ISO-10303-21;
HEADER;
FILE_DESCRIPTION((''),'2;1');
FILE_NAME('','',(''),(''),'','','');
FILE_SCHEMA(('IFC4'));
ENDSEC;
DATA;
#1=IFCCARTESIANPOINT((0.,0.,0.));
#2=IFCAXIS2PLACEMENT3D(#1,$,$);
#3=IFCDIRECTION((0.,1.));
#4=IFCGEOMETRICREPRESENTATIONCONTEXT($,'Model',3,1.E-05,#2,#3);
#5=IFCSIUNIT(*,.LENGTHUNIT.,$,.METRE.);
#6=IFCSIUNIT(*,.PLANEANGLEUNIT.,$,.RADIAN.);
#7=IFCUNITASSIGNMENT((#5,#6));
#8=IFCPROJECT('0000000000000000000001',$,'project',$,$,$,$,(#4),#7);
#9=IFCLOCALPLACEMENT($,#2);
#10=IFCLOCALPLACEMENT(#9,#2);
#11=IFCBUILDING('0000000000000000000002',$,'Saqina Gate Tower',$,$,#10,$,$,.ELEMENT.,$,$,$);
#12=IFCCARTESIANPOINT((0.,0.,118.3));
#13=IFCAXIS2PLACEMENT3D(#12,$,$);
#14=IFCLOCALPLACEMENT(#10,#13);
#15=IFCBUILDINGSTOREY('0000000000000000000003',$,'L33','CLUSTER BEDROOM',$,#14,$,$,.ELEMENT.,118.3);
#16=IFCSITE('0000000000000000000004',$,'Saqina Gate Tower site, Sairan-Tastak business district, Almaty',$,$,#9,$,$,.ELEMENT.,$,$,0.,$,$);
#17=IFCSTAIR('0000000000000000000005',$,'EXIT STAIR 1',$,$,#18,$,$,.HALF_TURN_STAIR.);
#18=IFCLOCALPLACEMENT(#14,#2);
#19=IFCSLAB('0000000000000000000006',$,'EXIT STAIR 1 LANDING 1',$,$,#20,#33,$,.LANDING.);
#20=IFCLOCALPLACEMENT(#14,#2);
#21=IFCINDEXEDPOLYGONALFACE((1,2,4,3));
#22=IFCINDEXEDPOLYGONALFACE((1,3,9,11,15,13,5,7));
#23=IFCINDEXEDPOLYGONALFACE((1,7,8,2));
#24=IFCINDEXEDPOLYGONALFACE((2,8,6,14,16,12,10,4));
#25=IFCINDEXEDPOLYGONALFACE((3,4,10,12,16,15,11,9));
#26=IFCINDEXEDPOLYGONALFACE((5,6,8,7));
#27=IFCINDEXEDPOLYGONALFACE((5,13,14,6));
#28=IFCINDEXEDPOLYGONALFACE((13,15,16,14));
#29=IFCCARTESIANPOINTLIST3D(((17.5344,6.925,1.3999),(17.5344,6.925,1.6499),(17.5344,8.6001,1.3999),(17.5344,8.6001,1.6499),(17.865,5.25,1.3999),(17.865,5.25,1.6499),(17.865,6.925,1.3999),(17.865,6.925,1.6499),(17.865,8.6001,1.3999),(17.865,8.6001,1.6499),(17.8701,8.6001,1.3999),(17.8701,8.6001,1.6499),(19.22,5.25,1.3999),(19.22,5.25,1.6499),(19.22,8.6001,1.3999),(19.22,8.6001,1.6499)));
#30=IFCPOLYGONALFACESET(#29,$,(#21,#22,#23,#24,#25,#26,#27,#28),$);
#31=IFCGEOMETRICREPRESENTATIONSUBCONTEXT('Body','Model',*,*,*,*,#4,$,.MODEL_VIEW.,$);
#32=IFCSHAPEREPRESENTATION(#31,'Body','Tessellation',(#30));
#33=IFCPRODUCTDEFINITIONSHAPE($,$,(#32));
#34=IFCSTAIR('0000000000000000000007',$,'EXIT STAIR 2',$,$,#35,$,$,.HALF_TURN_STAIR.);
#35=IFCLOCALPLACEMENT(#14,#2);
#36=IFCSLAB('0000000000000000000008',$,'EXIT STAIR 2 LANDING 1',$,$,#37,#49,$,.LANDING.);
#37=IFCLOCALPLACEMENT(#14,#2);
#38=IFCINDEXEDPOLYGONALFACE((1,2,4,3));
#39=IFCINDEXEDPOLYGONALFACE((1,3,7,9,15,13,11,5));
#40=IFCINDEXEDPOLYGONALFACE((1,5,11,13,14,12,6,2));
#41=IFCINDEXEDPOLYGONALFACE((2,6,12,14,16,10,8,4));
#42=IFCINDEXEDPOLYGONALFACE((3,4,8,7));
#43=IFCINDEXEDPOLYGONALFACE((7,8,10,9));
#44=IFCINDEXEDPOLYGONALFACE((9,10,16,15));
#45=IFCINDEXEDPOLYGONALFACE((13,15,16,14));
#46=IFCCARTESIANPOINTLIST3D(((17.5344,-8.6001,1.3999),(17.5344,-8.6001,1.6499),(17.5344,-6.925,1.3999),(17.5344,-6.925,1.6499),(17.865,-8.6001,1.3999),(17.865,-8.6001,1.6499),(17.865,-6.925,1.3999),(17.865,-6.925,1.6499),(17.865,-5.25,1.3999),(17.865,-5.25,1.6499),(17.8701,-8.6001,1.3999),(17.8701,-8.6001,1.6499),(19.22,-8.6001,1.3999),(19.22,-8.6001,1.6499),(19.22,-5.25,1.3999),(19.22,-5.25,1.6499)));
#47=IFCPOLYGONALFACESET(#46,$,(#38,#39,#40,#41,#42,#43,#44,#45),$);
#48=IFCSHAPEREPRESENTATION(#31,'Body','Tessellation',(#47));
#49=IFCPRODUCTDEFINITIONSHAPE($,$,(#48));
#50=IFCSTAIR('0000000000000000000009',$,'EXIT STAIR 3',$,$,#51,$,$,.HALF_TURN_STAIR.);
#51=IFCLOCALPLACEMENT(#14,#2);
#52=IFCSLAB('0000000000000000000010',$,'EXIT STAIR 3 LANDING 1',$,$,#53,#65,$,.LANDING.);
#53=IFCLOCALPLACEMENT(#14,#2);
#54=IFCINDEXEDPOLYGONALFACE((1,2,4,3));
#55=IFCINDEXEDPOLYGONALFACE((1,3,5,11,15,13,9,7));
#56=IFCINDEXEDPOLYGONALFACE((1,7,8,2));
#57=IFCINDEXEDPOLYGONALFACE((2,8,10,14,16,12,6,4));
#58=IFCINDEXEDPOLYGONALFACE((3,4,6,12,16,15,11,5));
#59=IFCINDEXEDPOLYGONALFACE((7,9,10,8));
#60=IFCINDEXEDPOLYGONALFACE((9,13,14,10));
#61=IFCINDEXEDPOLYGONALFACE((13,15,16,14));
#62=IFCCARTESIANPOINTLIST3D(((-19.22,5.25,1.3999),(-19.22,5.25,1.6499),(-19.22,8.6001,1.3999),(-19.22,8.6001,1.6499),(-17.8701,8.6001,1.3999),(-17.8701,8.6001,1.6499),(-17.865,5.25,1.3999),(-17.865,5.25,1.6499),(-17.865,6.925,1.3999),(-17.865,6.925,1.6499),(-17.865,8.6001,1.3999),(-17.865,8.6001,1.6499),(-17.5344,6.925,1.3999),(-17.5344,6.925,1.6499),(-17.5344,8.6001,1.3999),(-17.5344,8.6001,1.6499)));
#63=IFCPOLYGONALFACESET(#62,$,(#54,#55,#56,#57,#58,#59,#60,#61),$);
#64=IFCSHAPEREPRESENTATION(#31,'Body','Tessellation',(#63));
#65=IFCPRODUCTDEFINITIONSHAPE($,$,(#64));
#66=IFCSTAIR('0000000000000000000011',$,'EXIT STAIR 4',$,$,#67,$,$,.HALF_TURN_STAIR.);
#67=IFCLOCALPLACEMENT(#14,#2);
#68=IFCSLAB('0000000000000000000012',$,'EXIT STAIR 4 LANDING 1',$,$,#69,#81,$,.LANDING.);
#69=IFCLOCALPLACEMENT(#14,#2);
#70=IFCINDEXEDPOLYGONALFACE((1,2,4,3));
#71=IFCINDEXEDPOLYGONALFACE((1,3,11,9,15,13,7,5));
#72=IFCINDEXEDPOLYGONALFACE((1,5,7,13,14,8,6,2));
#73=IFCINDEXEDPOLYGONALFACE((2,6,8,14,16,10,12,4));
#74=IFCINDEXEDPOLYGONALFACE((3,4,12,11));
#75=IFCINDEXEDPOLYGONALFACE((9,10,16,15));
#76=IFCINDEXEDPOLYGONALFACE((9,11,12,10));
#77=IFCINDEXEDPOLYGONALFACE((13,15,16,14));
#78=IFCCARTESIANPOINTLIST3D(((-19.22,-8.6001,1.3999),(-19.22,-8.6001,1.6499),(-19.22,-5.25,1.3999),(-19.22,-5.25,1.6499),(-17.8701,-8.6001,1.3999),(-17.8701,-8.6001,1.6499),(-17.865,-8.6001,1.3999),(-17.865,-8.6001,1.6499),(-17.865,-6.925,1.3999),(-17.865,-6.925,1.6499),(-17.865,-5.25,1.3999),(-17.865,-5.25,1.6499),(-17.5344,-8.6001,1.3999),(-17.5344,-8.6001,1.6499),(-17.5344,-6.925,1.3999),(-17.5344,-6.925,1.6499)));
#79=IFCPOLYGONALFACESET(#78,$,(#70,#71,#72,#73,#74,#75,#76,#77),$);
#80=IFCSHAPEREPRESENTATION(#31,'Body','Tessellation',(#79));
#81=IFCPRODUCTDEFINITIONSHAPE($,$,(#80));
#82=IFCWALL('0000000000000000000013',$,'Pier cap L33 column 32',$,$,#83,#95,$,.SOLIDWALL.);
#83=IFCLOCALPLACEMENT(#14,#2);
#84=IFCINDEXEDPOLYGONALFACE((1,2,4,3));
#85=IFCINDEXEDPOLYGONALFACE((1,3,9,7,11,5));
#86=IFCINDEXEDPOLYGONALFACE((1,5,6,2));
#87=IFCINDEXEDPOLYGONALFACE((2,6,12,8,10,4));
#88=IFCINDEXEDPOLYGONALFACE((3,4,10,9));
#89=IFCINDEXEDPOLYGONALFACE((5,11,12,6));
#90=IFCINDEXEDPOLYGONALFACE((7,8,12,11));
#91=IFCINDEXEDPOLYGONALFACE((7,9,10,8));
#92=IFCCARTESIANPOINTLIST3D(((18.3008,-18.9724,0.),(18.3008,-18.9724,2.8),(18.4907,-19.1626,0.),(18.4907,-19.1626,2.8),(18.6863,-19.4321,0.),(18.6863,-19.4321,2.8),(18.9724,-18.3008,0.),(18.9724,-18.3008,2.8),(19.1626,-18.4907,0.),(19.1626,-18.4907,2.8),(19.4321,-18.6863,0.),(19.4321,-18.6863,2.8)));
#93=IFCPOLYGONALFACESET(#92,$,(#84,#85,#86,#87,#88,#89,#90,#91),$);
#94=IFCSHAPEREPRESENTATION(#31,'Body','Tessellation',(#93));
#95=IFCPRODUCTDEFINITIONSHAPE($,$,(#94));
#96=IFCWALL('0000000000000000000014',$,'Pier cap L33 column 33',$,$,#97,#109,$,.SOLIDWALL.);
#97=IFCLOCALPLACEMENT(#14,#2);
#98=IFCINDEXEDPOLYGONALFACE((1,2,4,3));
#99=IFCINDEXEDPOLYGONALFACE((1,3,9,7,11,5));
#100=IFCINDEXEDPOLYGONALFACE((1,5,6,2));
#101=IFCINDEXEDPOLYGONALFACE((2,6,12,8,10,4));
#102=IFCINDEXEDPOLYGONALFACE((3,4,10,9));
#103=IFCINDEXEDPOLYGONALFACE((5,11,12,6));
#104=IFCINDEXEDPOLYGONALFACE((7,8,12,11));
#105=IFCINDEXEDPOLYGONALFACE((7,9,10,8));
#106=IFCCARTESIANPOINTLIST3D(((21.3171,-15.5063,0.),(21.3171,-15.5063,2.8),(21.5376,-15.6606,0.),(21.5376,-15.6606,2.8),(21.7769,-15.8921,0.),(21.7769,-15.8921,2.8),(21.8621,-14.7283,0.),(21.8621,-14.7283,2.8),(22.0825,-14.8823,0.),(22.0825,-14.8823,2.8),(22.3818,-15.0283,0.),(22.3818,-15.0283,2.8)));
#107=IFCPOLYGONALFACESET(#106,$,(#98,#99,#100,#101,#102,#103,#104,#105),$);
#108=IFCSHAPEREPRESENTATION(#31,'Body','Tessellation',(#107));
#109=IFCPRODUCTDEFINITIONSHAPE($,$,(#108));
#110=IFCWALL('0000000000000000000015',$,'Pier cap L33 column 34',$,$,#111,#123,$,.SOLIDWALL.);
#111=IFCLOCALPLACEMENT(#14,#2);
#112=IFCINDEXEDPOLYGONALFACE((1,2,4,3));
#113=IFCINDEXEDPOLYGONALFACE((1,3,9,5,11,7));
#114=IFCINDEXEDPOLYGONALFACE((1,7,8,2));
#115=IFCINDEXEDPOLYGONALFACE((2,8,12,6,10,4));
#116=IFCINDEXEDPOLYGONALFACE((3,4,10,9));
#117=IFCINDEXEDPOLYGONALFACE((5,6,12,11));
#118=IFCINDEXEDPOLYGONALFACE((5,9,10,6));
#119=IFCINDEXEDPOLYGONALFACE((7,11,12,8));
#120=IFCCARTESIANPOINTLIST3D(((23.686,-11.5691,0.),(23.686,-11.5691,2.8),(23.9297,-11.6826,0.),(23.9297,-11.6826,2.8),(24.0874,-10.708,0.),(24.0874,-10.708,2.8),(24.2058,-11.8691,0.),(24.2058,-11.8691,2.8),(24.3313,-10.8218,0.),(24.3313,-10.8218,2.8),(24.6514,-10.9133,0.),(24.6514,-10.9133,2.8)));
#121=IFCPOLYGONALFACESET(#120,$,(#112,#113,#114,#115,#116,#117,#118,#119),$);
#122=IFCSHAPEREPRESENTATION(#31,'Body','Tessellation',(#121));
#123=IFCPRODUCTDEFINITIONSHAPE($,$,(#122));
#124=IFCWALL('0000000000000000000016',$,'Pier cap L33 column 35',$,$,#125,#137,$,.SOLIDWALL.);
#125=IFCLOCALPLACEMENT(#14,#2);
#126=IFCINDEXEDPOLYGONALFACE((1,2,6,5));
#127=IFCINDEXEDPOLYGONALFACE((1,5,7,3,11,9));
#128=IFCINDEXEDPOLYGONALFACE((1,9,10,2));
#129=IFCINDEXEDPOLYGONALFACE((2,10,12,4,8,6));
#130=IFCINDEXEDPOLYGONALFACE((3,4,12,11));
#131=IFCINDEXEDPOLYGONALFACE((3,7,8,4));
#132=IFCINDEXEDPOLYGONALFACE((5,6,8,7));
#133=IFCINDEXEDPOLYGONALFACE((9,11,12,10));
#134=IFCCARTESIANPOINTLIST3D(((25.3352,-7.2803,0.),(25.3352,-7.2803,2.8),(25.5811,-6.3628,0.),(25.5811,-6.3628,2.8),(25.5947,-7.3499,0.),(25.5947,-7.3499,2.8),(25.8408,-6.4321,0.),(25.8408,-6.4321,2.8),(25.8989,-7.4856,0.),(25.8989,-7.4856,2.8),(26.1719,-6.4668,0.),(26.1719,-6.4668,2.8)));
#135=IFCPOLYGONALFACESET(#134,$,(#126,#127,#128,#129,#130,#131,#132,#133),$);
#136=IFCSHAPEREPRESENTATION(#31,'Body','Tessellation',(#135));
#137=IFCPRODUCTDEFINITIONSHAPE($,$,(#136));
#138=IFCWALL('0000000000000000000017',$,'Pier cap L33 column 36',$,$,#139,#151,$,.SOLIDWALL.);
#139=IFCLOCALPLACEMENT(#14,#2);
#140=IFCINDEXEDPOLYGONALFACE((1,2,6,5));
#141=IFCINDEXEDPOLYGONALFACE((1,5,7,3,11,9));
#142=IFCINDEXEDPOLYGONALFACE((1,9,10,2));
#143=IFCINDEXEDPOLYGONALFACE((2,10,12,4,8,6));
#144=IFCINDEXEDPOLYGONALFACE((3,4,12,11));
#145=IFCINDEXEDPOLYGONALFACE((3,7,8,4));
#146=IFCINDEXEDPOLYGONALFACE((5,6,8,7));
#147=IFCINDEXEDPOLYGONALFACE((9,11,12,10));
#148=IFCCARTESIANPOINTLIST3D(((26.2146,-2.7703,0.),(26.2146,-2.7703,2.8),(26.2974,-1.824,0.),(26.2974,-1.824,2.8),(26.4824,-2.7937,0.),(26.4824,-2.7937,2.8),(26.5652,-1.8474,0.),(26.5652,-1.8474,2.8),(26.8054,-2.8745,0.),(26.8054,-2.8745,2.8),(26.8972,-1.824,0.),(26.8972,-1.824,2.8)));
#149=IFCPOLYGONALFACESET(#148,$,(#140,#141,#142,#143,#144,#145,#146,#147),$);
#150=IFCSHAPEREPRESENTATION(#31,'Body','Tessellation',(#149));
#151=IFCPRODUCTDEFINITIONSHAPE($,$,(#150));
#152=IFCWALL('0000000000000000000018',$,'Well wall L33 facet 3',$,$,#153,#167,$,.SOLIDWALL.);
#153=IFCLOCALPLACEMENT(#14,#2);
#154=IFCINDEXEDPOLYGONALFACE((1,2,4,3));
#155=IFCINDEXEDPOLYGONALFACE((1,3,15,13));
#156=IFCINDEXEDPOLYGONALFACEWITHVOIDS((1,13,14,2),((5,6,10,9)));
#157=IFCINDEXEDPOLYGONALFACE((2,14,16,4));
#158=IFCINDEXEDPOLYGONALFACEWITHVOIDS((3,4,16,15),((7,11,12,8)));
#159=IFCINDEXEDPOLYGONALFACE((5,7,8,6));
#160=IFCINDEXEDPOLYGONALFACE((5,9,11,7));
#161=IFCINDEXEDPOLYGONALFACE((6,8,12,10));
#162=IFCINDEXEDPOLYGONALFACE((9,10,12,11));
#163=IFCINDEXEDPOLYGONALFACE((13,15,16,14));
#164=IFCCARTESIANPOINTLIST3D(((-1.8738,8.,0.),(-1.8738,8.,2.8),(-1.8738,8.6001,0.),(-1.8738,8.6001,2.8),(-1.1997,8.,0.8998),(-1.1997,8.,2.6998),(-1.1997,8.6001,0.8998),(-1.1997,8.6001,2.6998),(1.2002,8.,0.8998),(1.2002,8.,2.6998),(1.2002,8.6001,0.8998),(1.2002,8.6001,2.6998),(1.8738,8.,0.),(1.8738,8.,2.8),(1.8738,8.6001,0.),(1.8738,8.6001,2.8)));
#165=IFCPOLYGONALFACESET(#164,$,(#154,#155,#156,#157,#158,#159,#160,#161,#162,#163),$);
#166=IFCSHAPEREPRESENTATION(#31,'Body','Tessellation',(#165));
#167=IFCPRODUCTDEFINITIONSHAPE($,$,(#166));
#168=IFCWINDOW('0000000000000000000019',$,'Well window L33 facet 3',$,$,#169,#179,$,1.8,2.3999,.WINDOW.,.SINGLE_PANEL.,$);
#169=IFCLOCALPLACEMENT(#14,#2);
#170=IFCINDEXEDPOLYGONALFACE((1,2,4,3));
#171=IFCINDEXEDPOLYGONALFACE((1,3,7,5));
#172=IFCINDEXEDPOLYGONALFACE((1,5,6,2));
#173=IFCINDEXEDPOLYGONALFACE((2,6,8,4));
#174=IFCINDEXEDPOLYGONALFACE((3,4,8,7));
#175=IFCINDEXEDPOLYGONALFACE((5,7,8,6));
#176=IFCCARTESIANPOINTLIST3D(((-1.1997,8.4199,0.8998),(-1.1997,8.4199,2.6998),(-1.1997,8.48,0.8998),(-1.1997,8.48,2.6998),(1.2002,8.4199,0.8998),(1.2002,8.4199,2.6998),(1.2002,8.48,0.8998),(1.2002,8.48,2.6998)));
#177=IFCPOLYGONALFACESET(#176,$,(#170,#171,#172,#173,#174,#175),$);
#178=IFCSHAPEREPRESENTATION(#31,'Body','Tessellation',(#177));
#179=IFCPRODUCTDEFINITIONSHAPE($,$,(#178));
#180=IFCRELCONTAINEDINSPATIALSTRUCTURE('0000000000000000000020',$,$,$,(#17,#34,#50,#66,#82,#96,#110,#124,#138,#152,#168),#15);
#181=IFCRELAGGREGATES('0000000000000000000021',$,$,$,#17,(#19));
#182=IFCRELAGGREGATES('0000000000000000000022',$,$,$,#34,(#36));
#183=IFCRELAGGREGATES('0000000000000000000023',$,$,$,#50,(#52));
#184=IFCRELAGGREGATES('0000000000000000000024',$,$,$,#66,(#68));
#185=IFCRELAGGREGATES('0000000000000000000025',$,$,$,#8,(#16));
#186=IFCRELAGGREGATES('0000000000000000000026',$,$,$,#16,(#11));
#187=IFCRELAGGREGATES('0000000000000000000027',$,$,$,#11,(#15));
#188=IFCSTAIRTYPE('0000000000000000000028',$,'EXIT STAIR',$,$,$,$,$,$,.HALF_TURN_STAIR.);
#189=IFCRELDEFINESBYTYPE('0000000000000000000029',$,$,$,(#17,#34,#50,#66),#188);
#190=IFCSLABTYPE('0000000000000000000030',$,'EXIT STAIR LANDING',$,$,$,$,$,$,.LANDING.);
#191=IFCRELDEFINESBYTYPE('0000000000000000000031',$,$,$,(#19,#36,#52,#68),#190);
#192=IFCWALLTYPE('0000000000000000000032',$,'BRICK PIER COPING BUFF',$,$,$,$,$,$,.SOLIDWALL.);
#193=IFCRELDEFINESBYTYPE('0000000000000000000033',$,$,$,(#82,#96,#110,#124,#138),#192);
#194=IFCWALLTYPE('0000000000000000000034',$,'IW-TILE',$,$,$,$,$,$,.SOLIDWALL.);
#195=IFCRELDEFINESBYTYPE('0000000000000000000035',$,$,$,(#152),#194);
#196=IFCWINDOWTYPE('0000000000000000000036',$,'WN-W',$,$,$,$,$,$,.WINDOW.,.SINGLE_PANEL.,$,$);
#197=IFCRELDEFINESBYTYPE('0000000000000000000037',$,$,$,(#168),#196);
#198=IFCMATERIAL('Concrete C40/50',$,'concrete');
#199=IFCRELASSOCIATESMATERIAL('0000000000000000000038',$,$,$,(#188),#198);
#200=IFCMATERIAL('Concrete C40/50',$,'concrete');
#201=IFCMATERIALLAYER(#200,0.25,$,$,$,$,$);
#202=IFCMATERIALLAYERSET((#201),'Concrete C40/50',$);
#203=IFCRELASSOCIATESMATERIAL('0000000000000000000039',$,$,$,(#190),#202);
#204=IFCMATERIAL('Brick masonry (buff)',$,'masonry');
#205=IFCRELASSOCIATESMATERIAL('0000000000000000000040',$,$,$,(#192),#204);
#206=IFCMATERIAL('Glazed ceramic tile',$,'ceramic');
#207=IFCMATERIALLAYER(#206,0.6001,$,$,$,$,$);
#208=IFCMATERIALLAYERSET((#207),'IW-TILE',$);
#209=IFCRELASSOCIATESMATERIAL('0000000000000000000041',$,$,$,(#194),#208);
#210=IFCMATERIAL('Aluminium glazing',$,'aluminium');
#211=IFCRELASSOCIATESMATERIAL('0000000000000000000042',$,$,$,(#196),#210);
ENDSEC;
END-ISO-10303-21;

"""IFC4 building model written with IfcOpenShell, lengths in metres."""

from ifc_helpers import new_model, si_unit, direction, frame, frame_2d, origin, place, context, subcontext, project, spatial, polyline, rectangle, outline, extrude, material, layer, layer_set, type_object, element, fill, aggregate, save


model = new_model("IFC4")

# Units and contexts
model_context = context("Model", 3, precision=1e-05, world=origin(), true_north=direction((0.0, 1.0)))
body_context = subcontext(model_context, "Body", "Model", "MODEL_VIEW")
ifc_project = project(units=[si_unit("LENGTHUNIT", "METRE"), si_unit("PLANEANGLEUNIT", "RADIAN")], contexts=[model_context])

# Site, building, storey
site_placement = place(None, origin())
site = spatial("IfcSite", under=ifc_project, at=site_placement, Name="Saqina Gate Tower site, Sairan-Tastak business district, Almaty", CompositionType="ELEMENT", RefElevation=0.0)
building_placement = place(site_placement, origin())
building = spatial("IfcBuilding", under=site, at=building_placement, Name="Saqina Gate Tower", CompositionType="ELEMENT")
storey_placement = place(building_placement, frame((0.0, 0.0, 118.3)))
storey = spatial("IfcBuildingStorey", under=building, at=storey_placement, Name="L33", Description="CLUSTER BEDROOM", CompositionType="ELEMENT", Elevation=118.3)

# Stairs, slabs
ifc_material_1 = material(Name="Concrete C40/50", Category="concrete")
stair_type = type_object("IfcStairType", Name="EXIT STAIR", PredefinedType="HALF_TURN_STAIR", material=ifc_material_1)
stair_1_placement = place(storey_placement, origin())
stair_1 = element("IfcStair", 1, at=stair_1_placement, inside=storey, type_object=stair_type, Name="EXIT STAIR 1", PredefinedType="HALF_TURN_STAIR")
ifc_material_2 = material(Name="Concrete C40/50", Category="concrete")
ifc_layer_1 = layer(ifc_material_2, 0.25)
ifc_layer_set_1 = layer_set([ifc_layer_1], Name="Concrete C40/50")
slab_type = type_object("IfcSlabType", Name="EXIT STAIR LANDING", PredefinedType="LANDING", material=ifc_layer_set_1)
slab_1_placement = place(storey_placement, frame((0.0, 0.0, 1.3999)))
slab_1 = element("IfcSlab", 2, at=slab_1_placement, type_object=slab_type, Name="EXIT STAIR 1 LANDING 1", PredefinedType="LANDING", context=body_context, shape_type="SweptSolid", body=[
    extrude(outline(polyline([(19.22, 8.6001), (19.22, 5.25), (17.865, 5.25), (17.865, 6.925), (17.5344, 6.925), (17.5344, 8.6001), (17.865, 8.6001), (17.8701, 8.6001), (19.22, 8.6001)])), origin(), (0.0, 0.0, 1.0), 0.25),
])
aggregate(stair_1, [slab_1])
stair_2_placement = place(storey_placement, origin())
stair_2 = element("IfcStair", 3, at=stair_2_placement, inside=storey, type_object=stair_type, Name="EXIT STAIR 2", PredefinedType="HALF_TURN_STAIR")
slab_2_placement = place(storey_placement, frame((0.0, 0.0, 1.3999)))
slab_2 = element("IfcSlab", 4, at=slab_2_placement, type_object=slab_type, Name="EXIT STAIR 2 LANDING 1", PredefinedType="LANDING", context=body_context, shape_type="SweptSolid", body=[
    extrude(outline(polyline([(17.5344, -8.6001), (17.5344, -6.925), (17.865, -6.925), (17.865, -5.25), (19.22, -5.25), (19.22, -8.6001), (17.8701, -8.6001), (17.865, -8.6001), (17.5344, -8.6001)])), origin(), (0.0, 0.0, 1.0), 0.25),
])
aggregate(stair_2, [slab_2])
stair_3_placement = place(storey_placement, origin())
stair_3 = element("IfcStair", 5, at=stair_3_placement, inside=storey, type_object=stair_type, Name="EXIT STAIR 3", PredefinedType="HALF_TURN_STAIR")
slab_3_placement = place(storey_placement, frame((0.0, 0.0, 1.3999)))
slab_3 = element("IfcSlab", 6, at=slab_3_placement, type_object=slab_type, Name="EXIT STAIR 3 LANDING 1", PredefinedType="LANDING", context=body_context, shape_type="SweptSolid", body=[
    extrude(outline(polyline([(-17.865, 5.25), (-19.22, 5.25), (-19.22, 8.6001), (-17.8701, 8.6001), (-17.865, 8.6001), (-17.5344, 8.6001), (-17.5344, 6.925), (-17.865, 6.925), (-17.865, 5.25)])), origin(), (0.0, 0.0, 1.0), 0.25),
])
aggregate(stair_3, [slab_3])
stair_4_placement = place(storey_placement, origin())
stair_4 = element("IfcStair", 7, at=stair_4_placement, inside=storey, type_object=stair_type, Name="EXIT STAIR 4", PredefinedType="HALF_TURN_STAIR")
slab_4_placement = place(storey_placement, frame((0.0, 0.0, 1.3999)))
slab_4 = element("IfcSlab", 8, at=slab_4_placement, type_object=slab_type, Name="EXIT STAIR 4 LANDING 1", PredefinedType="LANDING", context=body_context, shape_type="SweptSolid", body=[
    extrude(outline(polyline([(-17.5344, -6.925), (-17.5344, -8.6001), (-17.865, -8.6001), (-17.8701, -8.6001), (-19.22, -8.6001), (-19.22, -5.25), (-17.865, -5.25), (-17.865, -6.925), (-17.5344, -6.925)])), origin(), (0.0, 0.0, 1.0), 0.25),
])
aggregate(stair_4, [slab_4])

# Walls
ifc_material_3 = material(Name="Brick masonry (buff)", Category="masonry")
wall_type_1 = type_object("IfcWallType", Name="BRICK PIER COPING BUFF", PredefinedType="SOLIDWALL", material=ifc_material_3)
wall_1_placement = place(storey_placement, origin())
element("IfcWall", 9, at=wall_1_placement, inside=storey, type_object=wall_type_1, Name="Pier cap L33 column 32", PredefinedType="SOLIDWALL", context=body_context, shape_type="SweptSolid", body=[
    extrude(outline(polyline([(18.6863, -19.4321), (19.4321, -18.6863), (18.9724, -18.3008), (19.1626, -18.4907), (18.4907, -19.1626), (18.3008, -18.9724), (18.6863, -19.4321)])), origin(), (0.0, 0.0, 1.0), 2.8),
])
wall_2_placement = place(storey_placement, origin())
element("IfcWall", 10, at=wall_2_placement, inside=storey, type_object=wall_type_1, Name="Pier cap L33 column 33", PredefinedType="SOLIDWALL", context=body_context, shape_type="SweptSolid", body=[
    extrude(outline(polyline([(22.3818, -15.0283), (21.8621, -14.7283), (22.0825, -14.8823), (21.5376, -15.6606), (21.3171, -15.5063), (21.7769, -15.8921), (22.3818, -15.0283)])), origin(), (0.0, 0.0, 1.0), 2.8),
])
wall_3_placement = place(storey_placement, origin())
element("IfcWall", 11, at=wall_3_placement, inside=storey, type_object=wall_type_1, Name="Pier cap L33 column 34", PredefinedType="SOLIDWALL", context=body_context, shape_type="SweptSolid", body=[
    extrude(outline(polyline([(24.6514, -10.9133), (24.0874, -10.708), (24.3313, -10.8218), (23.9297, -11.6826), (23.686, -11.5691), (24.2058, -11.8691), (24.6514, -10.9133)])), origin(), (0.0, 0.0, 1.0), 2.8),
])
wall_4_placement = place(storey_placement, origin())
element("IfcWall", 12, at=wall_4_placement, inside=storey, type_object=wall_type_1, Name="Pier cap L33 column 35", PredefinedType="SOLIDWALL", context=body_context, shape_type="SweptSolid", body=[
    extrude(outline(polyline([(25.8989, -7.4856), (26.1719, -6.4668), (25.5811, -6.3628), (25.8408, -6.4321), (25.5947, -7.3499), (25.3352, -7.2803), (25.8989, -7.4856)])), origin(), (0.0, 0.0, 1.0), 2.8),
])
wall_5_placement = place(storey_placement, origin())
element("IfcWall", 13, at=wall_5_placement, inside=storey, type_object=wall_type_1, Name="Pier cap L33 column 36", PredefinedType="SOLIDWALL", context=body_context, shape_type="SweptSolid", body=[
    extrude(outline(polyline([(26.8054, -2.8745), (26.8972, -1.824), (26.2974, -1.824), (26.5652, -1.8474), (26.4824, -2.7937), (26.2146, -2.7703), (26.8054, -2.8745)])), origin(), (0.0, 0.0, 1.0), 2.8),
])

# Wall, opening, window
ifc_material_4 = material(Name="Glazed ceramic tile", Category="ceramic")
ifc_layer_2 = layer(ifc_material_4, 0.6001)
ifc_layer_set_2 = layer_set([ifc_layer_2], Name="IW-TILE")
wall_type_2 = type_object("IfcWallType", Name="IW-TILE", PredefinedType="SOLIDWALL", material=ifc_layer_set_2)
wall_6_placement = place(storey_placement, frame((1.8738, 8.3, 0.0), z_axis=(0.0, 0.0, 1.0), x_axis=(-1.0, 0.0, 0.0)))
wall_6 = element("IfcWall", 14, at=wall_6_placement, inside=storey, type_object=wall_type_2, Name="Well wall L33 facet 3", PredefinedType="SOLIDWALL", context=body_context, shape_type="SweptSolid", body=[
    extrude(rectangle(XDim=3.7476, YDim=0.6001, at=frame_2d((1.8738, 0.0))), origin(), (0.0, 0.0, 1.0), 2.8),
])
opening_placement = place(wall_6_placement, frame((0.6736, 0.0, 0.8999)))
opening = element("IfcOpeningElement", 15, at=opening_placement, cuts=wall_6, PredefinedType="OPENING", context=body_context, shape_type="SweptSolid", body=[
    extrude(rectangle(XDim=2.3999, YDim=1.8, at=frame_2d((1.2, 0.8999))), frame((0.0, 0.312, 0.0), z_axis=(0.0, -1.0, 0.0), x_axis=(1.0, 0.0, 0.0)), (0.0, 0.0, 1.0), 0.624),
])
ifc_material_5 = material(Name="Aluminium glazing", Category="aluminium")
window_type = type_object("IfcWindowType", Name="WN-W", PartitioningType="SINGLE_PANEL", PredefinedType="WINDOW", material=ifc_material_5)
window_placement = place(opening_placement, origin())
window = element("IfcWindow", 16, at=window_placement, inside=storey, type_object=window_type, Name="Well window L33 facet 3", OverallHeight=1.8, OverallWidth=2.3999, PartitioningType="SINGLE_PANEL", PredefinedType="WINDOW", context=body_context, shape_type="SweptSolid", body=[
    extrude(rectangle(XDim=2.3999, YDim=1.8, at=frame_2d((1.2, 0.8999))), frame((0.0, -0.1199, 0.0), z_axis=(0.0, -1.0, 0.0), x_axis=(1.0, 0.0, 0.0)), (0.0, 0.0, 1.0), 0.0601),
])
fill(opening, window)

save(model, "model.ifc")
